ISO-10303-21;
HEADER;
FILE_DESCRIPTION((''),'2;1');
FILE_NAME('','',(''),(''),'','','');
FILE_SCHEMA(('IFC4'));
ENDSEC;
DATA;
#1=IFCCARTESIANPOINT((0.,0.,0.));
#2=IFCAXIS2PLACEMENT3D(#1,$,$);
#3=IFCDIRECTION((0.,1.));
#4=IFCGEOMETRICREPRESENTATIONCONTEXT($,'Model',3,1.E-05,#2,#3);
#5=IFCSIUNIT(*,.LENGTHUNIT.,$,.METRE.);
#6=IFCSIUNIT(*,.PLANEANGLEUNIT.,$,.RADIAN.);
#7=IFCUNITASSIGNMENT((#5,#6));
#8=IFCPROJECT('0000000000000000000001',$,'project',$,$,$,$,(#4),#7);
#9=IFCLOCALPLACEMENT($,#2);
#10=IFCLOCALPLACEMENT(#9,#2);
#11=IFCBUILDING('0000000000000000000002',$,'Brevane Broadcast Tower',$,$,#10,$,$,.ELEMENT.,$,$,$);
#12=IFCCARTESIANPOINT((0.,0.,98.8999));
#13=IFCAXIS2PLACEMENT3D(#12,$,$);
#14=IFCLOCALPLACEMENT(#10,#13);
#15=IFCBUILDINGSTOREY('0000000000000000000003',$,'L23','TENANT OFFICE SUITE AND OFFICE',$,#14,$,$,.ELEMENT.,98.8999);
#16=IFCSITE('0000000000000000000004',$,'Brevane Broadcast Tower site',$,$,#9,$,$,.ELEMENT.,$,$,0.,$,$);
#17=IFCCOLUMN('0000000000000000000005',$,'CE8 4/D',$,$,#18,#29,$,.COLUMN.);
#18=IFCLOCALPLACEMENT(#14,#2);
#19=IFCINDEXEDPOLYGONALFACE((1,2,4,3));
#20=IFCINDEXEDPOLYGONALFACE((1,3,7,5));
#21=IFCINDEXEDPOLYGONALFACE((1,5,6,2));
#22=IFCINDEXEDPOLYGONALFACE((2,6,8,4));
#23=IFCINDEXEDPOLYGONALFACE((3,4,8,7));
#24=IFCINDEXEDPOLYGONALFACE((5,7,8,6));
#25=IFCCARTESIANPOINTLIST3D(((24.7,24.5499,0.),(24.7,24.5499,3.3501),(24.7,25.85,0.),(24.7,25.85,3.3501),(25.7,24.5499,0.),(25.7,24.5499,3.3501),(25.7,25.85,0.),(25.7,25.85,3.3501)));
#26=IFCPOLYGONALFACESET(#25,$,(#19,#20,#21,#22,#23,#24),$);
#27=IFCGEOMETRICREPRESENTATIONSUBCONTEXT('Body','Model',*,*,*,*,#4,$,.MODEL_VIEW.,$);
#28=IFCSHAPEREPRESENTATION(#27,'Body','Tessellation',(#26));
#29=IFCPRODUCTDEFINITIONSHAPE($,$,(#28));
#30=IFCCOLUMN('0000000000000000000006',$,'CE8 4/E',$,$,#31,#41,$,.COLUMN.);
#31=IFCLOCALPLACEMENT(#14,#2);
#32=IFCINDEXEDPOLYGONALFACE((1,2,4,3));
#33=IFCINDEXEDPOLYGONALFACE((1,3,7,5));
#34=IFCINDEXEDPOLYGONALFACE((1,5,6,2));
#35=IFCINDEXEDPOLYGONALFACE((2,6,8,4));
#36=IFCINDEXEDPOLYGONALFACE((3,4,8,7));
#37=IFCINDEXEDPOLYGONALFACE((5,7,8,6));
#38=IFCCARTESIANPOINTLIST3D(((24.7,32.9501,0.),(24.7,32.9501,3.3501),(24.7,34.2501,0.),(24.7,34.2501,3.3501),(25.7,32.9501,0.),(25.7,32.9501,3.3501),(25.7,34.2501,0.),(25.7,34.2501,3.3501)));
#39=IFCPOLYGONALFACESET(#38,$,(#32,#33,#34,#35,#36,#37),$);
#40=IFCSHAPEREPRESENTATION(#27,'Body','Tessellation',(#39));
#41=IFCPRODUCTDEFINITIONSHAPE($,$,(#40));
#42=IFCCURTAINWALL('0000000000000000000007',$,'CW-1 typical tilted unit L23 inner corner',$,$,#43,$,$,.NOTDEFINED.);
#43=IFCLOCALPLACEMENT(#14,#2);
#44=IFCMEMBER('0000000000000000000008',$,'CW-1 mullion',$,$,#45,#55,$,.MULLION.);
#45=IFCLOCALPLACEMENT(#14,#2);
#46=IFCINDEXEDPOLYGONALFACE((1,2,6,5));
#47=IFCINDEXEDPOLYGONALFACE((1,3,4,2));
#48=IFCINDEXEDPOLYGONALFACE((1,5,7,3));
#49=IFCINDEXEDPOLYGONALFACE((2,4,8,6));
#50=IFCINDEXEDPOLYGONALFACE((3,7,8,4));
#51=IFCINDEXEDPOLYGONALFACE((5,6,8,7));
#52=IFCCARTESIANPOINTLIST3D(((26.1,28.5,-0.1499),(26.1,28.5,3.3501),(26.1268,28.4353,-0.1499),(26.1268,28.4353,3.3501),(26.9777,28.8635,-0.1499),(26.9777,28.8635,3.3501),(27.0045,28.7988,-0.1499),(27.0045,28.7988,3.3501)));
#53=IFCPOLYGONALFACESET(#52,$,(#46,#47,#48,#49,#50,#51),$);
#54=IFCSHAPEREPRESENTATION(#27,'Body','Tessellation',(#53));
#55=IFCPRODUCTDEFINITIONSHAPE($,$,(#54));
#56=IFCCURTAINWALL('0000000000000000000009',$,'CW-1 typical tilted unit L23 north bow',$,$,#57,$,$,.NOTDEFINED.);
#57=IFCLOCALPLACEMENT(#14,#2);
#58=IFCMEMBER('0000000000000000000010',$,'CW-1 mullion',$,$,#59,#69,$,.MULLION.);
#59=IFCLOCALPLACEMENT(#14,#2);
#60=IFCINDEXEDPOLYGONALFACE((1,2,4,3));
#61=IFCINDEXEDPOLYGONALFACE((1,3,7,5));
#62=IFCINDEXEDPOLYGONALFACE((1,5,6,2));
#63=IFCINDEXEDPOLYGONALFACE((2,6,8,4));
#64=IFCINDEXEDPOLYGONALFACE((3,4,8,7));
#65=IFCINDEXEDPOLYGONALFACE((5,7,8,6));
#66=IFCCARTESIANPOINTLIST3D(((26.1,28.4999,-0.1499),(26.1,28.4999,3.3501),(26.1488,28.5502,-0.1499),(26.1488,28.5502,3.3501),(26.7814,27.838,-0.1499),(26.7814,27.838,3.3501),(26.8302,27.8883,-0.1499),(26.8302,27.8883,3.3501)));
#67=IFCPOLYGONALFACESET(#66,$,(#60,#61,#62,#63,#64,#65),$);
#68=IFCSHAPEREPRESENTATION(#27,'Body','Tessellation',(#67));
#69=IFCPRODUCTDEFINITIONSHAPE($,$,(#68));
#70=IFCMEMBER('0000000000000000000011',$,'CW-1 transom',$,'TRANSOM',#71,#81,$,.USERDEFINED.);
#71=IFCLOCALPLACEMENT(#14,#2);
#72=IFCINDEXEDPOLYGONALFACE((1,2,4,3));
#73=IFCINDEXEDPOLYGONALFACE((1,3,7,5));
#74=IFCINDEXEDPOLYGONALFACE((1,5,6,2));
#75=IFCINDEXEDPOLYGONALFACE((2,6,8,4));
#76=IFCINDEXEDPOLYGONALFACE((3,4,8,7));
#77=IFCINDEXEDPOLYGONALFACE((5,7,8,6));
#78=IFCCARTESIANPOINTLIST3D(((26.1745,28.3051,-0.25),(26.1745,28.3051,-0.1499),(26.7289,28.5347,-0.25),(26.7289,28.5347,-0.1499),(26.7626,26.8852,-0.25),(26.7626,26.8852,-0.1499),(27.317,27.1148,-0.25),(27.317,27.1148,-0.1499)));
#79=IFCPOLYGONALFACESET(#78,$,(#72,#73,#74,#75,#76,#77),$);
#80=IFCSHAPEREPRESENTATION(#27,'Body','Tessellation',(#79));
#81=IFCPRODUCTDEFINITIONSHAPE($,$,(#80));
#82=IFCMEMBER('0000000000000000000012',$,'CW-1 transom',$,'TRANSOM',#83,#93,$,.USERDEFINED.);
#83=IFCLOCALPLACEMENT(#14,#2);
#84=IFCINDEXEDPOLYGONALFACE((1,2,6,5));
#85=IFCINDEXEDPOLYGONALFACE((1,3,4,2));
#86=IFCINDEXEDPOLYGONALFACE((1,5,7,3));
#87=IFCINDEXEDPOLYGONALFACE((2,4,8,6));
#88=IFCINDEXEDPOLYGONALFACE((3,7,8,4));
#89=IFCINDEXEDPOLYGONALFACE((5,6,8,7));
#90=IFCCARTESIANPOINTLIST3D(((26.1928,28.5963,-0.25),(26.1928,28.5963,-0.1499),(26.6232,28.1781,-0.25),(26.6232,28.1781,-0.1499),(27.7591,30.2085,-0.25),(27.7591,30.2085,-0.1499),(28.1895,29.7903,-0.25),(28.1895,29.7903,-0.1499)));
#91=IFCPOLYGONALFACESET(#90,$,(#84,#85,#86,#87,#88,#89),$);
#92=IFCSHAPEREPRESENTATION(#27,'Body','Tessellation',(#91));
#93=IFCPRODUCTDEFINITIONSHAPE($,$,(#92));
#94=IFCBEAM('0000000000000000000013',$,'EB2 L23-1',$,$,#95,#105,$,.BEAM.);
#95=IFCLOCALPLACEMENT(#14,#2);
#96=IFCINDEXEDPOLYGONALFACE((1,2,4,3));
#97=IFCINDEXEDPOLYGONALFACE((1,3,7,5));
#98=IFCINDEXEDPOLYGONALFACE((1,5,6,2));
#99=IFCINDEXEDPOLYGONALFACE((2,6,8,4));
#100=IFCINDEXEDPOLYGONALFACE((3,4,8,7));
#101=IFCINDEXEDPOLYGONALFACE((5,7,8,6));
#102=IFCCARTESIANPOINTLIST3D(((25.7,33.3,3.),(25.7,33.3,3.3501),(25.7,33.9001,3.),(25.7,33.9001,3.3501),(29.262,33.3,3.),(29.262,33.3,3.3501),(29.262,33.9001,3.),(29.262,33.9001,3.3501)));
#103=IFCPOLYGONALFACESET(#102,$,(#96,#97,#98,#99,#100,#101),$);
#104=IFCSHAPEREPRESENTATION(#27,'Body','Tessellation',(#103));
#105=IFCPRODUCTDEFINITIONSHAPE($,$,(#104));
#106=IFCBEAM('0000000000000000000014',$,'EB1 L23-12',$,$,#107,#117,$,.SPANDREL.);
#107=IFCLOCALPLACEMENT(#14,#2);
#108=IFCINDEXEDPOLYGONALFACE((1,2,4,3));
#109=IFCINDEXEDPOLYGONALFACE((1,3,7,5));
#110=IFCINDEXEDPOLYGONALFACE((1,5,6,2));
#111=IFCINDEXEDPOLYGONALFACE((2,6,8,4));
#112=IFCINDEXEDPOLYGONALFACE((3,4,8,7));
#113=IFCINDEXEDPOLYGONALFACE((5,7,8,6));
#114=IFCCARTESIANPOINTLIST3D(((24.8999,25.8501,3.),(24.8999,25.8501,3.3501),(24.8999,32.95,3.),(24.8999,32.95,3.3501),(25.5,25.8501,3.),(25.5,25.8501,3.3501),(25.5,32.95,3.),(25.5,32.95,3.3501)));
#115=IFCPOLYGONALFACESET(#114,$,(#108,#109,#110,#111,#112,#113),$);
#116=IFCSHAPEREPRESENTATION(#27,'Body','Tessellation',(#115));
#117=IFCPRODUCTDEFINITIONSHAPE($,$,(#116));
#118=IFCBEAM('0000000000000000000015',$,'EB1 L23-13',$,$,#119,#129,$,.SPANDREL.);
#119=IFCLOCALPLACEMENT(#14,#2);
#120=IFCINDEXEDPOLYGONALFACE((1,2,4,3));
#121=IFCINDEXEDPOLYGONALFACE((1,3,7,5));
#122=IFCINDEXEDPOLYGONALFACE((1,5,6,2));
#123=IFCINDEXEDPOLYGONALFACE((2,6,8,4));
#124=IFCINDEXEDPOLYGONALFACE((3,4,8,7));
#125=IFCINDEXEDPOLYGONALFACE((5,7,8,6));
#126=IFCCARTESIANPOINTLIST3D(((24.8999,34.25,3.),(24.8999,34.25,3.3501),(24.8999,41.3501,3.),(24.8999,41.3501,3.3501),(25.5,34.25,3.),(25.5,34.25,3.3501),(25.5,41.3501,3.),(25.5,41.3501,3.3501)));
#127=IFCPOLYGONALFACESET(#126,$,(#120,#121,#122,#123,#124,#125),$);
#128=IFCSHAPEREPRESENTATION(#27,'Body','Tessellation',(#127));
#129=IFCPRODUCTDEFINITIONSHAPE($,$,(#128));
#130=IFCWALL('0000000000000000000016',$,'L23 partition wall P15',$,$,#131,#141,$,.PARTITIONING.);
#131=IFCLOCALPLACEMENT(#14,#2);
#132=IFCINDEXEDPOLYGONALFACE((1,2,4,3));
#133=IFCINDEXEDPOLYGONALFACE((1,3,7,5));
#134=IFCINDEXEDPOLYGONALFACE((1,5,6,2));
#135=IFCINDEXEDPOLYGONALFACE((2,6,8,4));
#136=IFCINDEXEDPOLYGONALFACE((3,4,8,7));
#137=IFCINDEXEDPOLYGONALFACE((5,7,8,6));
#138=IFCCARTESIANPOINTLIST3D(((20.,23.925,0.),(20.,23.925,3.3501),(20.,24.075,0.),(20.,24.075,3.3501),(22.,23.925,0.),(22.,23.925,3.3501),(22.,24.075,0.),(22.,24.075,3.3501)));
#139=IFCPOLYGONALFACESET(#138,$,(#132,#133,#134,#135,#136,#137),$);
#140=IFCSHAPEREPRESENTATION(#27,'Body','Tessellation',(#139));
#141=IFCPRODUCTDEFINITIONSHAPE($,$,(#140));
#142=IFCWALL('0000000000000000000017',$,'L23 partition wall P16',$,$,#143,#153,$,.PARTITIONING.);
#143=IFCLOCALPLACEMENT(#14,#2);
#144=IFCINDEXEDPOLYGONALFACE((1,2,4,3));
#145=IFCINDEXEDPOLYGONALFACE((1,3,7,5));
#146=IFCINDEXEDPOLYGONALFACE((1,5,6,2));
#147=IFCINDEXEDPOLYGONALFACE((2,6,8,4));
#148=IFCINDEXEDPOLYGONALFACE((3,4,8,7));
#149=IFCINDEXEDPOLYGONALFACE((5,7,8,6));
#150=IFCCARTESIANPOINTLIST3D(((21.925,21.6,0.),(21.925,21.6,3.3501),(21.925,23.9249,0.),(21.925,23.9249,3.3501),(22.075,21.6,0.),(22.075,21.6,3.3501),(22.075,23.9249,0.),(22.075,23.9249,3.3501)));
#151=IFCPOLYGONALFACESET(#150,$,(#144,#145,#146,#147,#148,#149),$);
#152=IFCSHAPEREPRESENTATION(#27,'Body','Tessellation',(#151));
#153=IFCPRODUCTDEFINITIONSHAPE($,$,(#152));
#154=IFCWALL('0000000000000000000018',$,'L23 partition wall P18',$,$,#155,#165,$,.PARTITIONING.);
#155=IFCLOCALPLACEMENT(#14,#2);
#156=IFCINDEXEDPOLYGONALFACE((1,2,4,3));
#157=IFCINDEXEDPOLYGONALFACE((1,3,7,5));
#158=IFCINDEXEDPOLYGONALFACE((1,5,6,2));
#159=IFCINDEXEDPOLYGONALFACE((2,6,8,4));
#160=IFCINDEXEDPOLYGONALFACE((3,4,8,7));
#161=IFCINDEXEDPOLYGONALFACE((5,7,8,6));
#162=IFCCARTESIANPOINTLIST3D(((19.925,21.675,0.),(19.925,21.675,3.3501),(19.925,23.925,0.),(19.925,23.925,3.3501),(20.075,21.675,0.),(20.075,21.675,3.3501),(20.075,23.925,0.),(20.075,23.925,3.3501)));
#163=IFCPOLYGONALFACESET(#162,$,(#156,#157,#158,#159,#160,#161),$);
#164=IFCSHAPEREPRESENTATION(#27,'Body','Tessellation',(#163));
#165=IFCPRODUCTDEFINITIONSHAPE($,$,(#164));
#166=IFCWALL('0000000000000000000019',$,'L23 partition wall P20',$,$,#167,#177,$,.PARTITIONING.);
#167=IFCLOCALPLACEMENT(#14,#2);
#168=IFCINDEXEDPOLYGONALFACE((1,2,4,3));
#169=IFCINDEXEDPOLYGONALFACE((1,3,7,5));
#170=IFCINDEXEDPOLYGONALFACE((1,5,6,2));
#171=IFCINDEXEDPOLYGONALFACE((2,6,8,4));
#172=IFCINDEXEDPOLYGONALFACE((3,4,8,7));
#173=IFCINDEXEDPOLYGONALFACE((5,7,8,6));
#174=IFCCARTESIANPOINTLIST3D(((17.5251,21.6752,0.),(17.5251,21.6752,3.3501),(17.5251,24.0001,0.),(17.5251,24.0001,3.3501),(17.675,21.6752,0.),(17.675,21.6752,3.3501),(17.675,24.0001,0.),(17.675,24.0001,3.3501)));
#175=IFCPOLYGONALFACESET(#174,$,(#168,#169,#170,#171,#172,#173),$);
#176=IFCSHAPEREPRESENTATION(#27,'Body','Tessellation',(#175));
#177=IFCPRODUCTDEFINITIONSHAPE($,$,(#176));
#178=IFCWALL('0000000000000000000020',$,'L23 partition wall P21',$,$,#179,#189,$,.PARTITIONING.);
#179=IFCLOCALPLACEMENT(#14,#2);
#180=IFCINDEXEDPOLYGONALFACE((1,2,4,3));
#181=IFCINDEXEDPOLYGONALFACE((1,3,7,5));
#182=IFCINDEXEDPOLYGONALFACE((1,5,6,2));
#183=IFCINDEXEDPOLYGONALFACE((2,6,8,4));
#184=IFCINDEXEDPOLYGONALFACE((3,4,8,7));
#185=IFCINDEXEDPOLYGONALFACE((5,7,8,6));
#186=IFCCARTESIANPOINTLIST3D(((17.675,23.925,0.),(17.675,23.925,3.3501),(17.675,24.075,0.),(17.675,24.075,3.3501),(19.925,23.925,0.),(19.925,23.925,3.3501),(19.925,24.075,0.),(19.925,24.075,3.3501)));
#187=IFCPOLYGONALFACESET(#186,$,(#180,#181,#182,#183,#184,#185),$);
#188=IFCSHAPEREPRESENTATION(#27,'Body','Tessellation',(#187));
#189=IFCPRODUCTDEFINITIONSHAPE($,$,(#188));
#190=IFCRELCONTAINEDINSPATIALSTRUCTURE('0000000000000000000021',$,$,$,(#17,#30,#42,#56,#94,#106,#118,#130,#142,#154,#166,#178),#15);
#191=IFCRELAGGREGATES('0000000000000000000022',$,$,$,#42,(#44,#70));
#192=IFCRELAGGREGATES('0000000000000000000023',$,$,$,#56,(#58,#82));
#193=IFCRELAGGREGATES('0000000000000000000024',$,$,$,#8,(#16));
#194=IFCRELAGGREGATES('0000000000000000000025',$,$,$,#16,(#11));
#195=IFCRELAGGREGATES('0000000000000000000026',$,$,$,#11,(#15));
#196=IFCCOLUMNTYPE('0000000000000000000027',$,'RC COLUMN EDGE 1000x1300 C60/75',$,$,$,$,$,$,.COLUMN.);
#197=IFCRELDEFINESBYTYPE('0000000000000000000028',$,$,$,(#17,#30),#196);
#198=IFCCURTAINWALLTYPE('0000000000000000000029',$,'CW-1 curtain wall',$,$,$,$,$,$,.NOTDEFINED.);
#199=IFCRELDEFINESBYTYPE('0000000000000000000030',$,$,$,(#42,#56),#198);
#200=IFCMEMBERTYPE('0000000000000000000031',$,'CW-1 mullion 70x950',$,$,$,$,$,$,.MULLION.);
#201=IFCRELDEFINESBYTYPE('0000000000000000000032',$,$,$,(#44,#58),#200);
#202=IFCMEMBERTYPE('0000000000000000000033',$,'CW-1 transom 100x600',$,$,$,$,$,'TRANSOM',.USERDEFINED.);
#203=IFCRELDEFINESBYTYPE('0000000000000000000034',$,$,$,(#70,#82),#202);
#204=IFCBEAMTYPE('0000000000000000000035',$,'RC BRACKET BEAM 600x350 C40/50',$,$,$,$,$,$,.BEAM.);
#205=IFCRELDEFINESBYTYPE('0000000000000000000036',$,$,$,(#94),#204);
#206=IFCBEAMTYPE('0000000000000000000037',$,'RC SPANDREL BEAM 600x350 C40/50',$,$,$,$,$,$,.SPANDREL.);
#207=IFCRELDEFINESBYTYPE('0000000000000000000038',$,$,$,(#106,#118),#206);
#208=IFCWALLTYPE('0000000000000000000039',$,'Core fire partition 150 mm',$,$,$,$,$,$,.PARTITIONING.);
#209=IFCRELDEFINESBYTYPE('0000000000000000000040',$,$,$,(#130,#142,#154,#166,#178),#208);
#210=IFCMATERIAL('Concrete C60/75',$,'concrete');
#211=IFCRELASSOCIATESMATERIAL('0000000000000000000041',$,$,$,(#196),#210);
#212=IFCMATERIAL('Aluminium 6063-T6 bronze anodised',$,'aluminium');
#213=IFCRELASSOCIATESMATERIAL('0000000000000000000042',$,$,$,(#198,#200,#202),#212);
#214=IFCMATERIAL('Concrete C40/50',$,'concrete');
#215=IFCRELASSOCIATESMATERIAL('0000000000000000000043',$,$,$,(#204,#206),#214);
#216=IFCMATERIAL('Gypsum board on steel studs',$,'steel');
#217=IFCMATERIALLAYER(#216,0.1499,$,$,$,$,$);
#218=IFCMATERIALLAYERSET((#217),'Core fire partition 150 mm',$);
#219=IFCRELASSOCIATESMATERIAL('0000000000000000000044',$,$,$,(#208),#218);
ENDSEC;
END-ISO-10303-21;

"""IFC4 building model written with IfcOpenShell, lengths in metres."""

from ifc_helpers import new_model, si_unit, direction, frame, frame_2d, origin, origin_2d, place, context, subcontext, project, spatial, rectangle, extrude, material, layer, layer_set, material_profile, profile_set, type_object, element, aggregate, save


model = new_model("IFC4")

# Units and contexts
model_context = context("Model", 3, precision=1e-05, world=origin(), true_north=direction((0.0, 1.0)))
body_context = subcontext(model_context, "Body", "Model", "MODEL_VIEW")
ifc_project = project(units=[si_unit("LENGTHUNIT", "METRE"), si_unit("PLANEANGLEUNIT", "RADIAN")], contexts=[model_context])

# Site, building, storey
site_placement = place(None, origin())
site = spatial("IfcSite", under=ifc_project, at=site_placement, Name="Brevane Broadcast Tower site", CompositionType="ELEMENT", RefElevation=0.0)
building_placement = place(site_placement, origin())
building = spatial("IfcBuilding", under=site, at=building_placement, Name="Brevane Broadcast Tower", CompositionType="ELEMENT")
storey_placement = place(building_placement, frame((0.0, 0.0, 98.8999)))
storey = spatial("IfcBuildingStorey", under=building, at=storey_placement, Name="L23", Description="TENANT OFFICE SUITE AND OFFICE", CompositionType="ELEMENT", Elevation=98.8999)

# Columns
ifc_material_1 = material(Name="Concrete C60/75", Category="concrete")
ifc_material_profile_1 = material_profile(ifc_material_1, rectangle(XDim=1.0, YDim=1.3, at=origin_2d()), Name="RC 1000x1300")
ifc_profile_set_1 = profile_set([ifc_material_profile_1], Name="Concrete C60/75")
column_type = type_object("IfcColumnType", Name="RC COLUMN EDGE 1000x1300 C60/75", PredefinedType="COLUMN", material=ifc_profile_set_1)
for number, where, z_axis, x_axis, name in (
    (1, (25.2, 25.2, 0.0), (0.0, 0.0, 1.0), (1.0, 0.0, 0.0), "CE8 4/D"),
    (2, (25.2, 33.6001, 0.0), (0.0, 0.0, 1.0), (1.0, 0.0, 0.0), "CE8 4/E"),
):
    element("IfcColumn", number, at=place(storey_placement, frame(where, z_axis=z_axis, x_axis=x_axis)), inside=storey, type_object=column_type, Name=name, PredefinedType="COLUMN", context=body_context, shape_type="SweptSolid", body=[
        extrude(rectangle(XDim=1.0, YDim=1.3, at=origin_2d()), origin(), (0.0, 0.0, 1.0), 3.3501),
    ])

# Curtain walls, members
ifc_material_2 = material(Name="Aluminium 6063-T6 bronze anodised", Category="aluminium")
curtain_wall_type = type_object("IfcCurtainWallType", Name="CW-1 curtain wall", PredefinedType="NOTDEFINED", material=ifc_material_2)
curtain_wall_1_placement = place(storey_placement, origin())
curtain_wall_1 = element("IfcCurtainWall", 3, at=curtain_wall_1_placement, inside=storey, type_object=curtain_wall_type, Name="CW-1 typical tilted unit L23 inner corner", PredefinedType="NOTDEFINED")
ifc_material_profile_2 = material_profile(ifc_material_2, rectangle(XDim=0.95, YDim=0.0701, at=origin_2d()), Name="RECT 70x950")
ifc_profile_set_2 = profile_set([ifc_material_profile_2], Name="Aluminium 6063-T6 bronze anodised")
member_type_1 = type_object("IfcMemberType", Name="CW-1 mullion 70x950", PredefinedType="MULLION", material=ifc_profile_set_2)
member_1_placement = place(storey_placement, frame((26.5522, 28.6494, -0.1499), z_axis=(0.0, 0.0, 1.0), x_axis=(-0.923879, -0.382684, 0.0)))
member_1 = element("IfcMember", 4, at=member_1_placement, type_object=member_type_1, Name="CW-1 mullion", PredefinedType="MULLION", context=body_context, shape_type="SweptSolid", body=[
    extrude(rectangle(XDim=0.95, YDim=0.0701, at=origin_2d()), origin(), (0.0, 0.0, 1.0), 3.5),
])
curtain_wall_2_placement = place(storey_placement, origin())
curtain_wall_2 = element("IfcCurtainWall", 5, at=curtain_wall_2_placement, inside=storey, type_object=curtain_wall_type, Name="CW-1 typical tilted unit L23 north bow", PredefinedType="NOTDEFINED")
member_2_placement = place(storey_placement, frame((26.4651, 28.1941, -0.1499), z_axis=(0.0, 0.0, 1.0), x_axis=(-0.717254, 0.696812, 0.0)))
member_2 = element("IfcMember", 6, at=member_2_placement, type_object=member_type_1, Name="CW-1 mullion", PredefinedType="MULLION", context=body_context, shape_type="SweptSolid", body=[
    extrude(rectangle(XDim=0.95, YDim=0.0701, at=origin_2d()), origin(), (0.0, 0.0, 1.0), 3.5),
])

# Members
ifc_material_profile_3 = material_profile(ifc_material_2, rectangle(XDim=0.6001, YDim=0.1001, at=origin_2d()), Name="RECT 100x600")
ifc_profile_set_3 = profile_set([ifc_material_profile_3], Name="Aluminium 6063-T6 bronze anodised")
member_type_2 = type_object("IfcMemberType", Name="CW-1 transom 100x600", ElementType="TRANSOM", PredefinedType="USERDEFINED", material=ifc_profile_set_3)
member_3_placement = place(storey_placement, frame((27.0398, 27.0, -0.2), z_axis=(-0.382674, 0.923883, 0.0), x_axis=(-0.923883, -0.382674, 0.0)))
member_3 = element("IfcMember", 7, at=member_3_placement, type_object=member_type_2, Name="CW-1 transom", ObjectType="TRANSOM", PredefinedType="USERDEFINED", context=body_context, shape_type="SweptSolid", body=[
    extrude(rectangle(XDim=0.6001, YDim=0.1001, at=origin_2d()), origin(), (0.0, 0.0, 1.0), 1.5369),
])
aggregate(curtain_wall_1, [member_1, member_3])
member_4_placement = place(storey_placement, frame((26.408, 28.3872, -0.2), z_axis=(0.696824, 0.717242, 0.0), x_axis=(-0.717242, 0.696824, 0.0)))
member_4 = element("IfcMember", 8, at=member_4_placement, type_object=member_type_2, Name="CW-1 transom", ObjectType="TRANSOM", PredefinedType="USERDEFINED", context=body_context, shape_type="SweptSolid", body=[
    extrude(rectangle(XDim=0.6001, YDim=0.1001, at=origin_2d()), origin(), (0.0, 0.0, 1.0), 2.2478),
])
aggregate(curtain_wall_2, [member_2, member_4])

# Beams
ifc_material_3 = material(Name="Concrete C40/50", Category="concrete")
ifc_material_profile_4 = material_profile(ifc_material_3, rectangle(XDim=0.6001, YDim=0.3501, at=origin_2d()), Name="RC 600x350")
ifc_profile_set_4 = profile_set([ifc_material_profile_4], Name="Concrete C40/50")
beam_type_1 = type_object("IfcBeamType", Name="RC BRACKET BEAM 600x350 C40/50", PredefinedType="BEAM", material=ifc_profile_set_4)
beam_1_placement = place(storey_placement, frame((25.7, 33.6001, 3.175), z_axis=(1.0, 0.0, 0.0), x_axis=(0.0, 1.0, 0.0)))
element("IfcBeam", 9, at=beam_1_placement, inside=storey, type_object=beam_type_1, Name="EB2 L23-1", PredefinedType="BEAM", context=body_context, shape_type="SweptSolid", body=[
    extrude(rectangle(XDim=0.6001, YDim=0.3501, at=origin_2d()), origin(), (0.0, 0.0, 1.0), 3.562),
])
ifc_material_profile_5 = material_profile(ifc_material_3, rectangle(XDim=0.6001, YDim=0.3501, at=origin_2d()), Name="RC 600x350")
ifc_profile_set_5 = profile_set([ifc_material_profile_5], Name="Concrete C40/50")
beam_type_2 = type_object("IfcBeamType", Name="RC SPANDREL BEAM 600x350 C40/50", PredefinedType="SPANDREL", material=ifc_profile_set_5)
beam_2_placement = place(storey_placement, frame((25.2, 25.8501, 3.175), z_axis=(0.0, 1.0, 0.0), x_axis=(-1.0, 0.0, 0.0)))
element("IfcBeam", 10, at=beam_2_placement, inside=storey, type_object=beam_type_2, Name="EB1 L23-12", PredefinedType="SPANDREL", context=body_context, shape_type="SweptSolid", body=[
    extrude(rectangle(XDim=0.6001, YDim=0.3501, at=origin_2d()), origin(), (0.0, 0.0, 1.0), 7.0999),
])
beam_3_placement = place(storey_placement, frame((25.2, 34.25, 3.175), z_axis=(0.0, 1.0, 0.0), x_axis=(-1.0, 0.0, 0.0)))
element("IfcBeam", 11, at=beam_3_placement, inside=storey, type_object=beam_type_2, Name="EB1 L23-13", PredefinedType="SPANDREL", context=body_context, shape_type="SweptSolid", body=[
    extrude(rectangle(XDim=0.6001, YDim=0.3501, at=origin_2d()), origin(), (0.0, 0.0, 1.0), 7.1001),
])

# Walls
ifc_material_4 = material(Name="Gypsum board on steel studs", Category="steel")
ifc_layer_1 = layer(ifc_material_4, 0.1499)
ifc_layer_set_1 = layer_set([ifc_layer_1], Name="Core fire partition 150 mm")
wall_type_1 = type_object("IfcWallType", Name="Core fire partition 150 mm", PredefinedType="PARTITIONING", material=ifc_layer_set_1)
wall_1_placement = place(storey_placement, frame((20.0, 24.0, 0.0), z_axis=(0.0, 0.0, 1.0), x_axis=(1.0, 0.0, 0.0)))
element("IfcWall", 12, at=wall_1_placement, inside=storey, type_object=wall_type_1, Name="L23 partition wall P15", PredefinedType="PARTITIONING", context=body_context, shape_type="SweptSolid", body=[
    extrude(rectangle(XDim=2.0, YDim=0.1499, at=frame_2d((1.0, 0.0))), origin(), (0.0, 0.0, 1.0), 3.3501),
])
wall_2_placement = place(storey_placement, frame((22.0, 23.925, 0.0), z_axis=(0.0, 0.0, 1.0), x_axis=(0.0, -1.0, 0.0)))
element("IfcWall", 13, at=wall_2_placement, inside=storey, type_object=wall_type_1, Name="L23 partition wall P16", PredefinedType="PARTITIONING", context=body_context, shape_type="SweptSolid", body=[
    extrude(rectangle(XDim=2.325, YDim=0.1499, at=frame_2d((1.1626, 0.0))), origin(), (0.0, 0.0, 1.0), 3.3501),
])
wall_3_placement = place(storey_placement, frame((20.0, 21.675, 0.0), z_axis=(0.0, 0.0, 1.0), x_axis=(0.0, 1.0, 0.0)))
element("IfcWall", 14, at=wall_3_placement, inside=storey, type_object=wall_type_1, Name="L23 partition wall P18", PredefinedType="PARTITIONING", context=body_context, shape_type="SweptSolid", body=[
    extrude(rectangle(XDim=2.25, YDim=0.1499, at=frame_2d((1.125, 0.0))), origin(), (0.0, 0.0, 1.0), 3.3501),
])
wall_4_placement = place(storey_placement, frame((17.6001, 21.675, 0.0), z_axis=(0.0, 0.0, 1.0), x_axis=(0.0, 1.0, 0.0)))
element("IfcWall", 15, at=wall_4_placement, inside=storey, type_object=wall_type_1, Name="L23 partition wall P20", PredefinedType="PARTITIONING", context=body_context, shape_type="SweptSolid", body=[
    extrude(rectangle(XDim=2.325, YDim=0.1499, at=frame_2d((1.1626, 0.0))), origin(), (0.0, 0.0, 1.0), 3.3501),
])
wall_5_placement = place(storey_placement, frame((17.675, 24.0, 0.0), z_axis=(0.0, 0.0, 1.0), x_axis=(1.0, 0.0, 0.0)))
element("IfcWall", 16, at=wall_5_placement, inside=storey, type_object=wall_type_1, Name="L23 partition wall P21", PredefinedType="PARTITIONING", context=body_context, shape_type="SweptSolid", body=[
    extrude(rectangle(XDim=2.25, YDim=0.1499, at=frame_2d((1.125, 0.0))), origin(), (0.0, 0.0, 1.0), 3.3501),
])

save(model, "model.ifc")
